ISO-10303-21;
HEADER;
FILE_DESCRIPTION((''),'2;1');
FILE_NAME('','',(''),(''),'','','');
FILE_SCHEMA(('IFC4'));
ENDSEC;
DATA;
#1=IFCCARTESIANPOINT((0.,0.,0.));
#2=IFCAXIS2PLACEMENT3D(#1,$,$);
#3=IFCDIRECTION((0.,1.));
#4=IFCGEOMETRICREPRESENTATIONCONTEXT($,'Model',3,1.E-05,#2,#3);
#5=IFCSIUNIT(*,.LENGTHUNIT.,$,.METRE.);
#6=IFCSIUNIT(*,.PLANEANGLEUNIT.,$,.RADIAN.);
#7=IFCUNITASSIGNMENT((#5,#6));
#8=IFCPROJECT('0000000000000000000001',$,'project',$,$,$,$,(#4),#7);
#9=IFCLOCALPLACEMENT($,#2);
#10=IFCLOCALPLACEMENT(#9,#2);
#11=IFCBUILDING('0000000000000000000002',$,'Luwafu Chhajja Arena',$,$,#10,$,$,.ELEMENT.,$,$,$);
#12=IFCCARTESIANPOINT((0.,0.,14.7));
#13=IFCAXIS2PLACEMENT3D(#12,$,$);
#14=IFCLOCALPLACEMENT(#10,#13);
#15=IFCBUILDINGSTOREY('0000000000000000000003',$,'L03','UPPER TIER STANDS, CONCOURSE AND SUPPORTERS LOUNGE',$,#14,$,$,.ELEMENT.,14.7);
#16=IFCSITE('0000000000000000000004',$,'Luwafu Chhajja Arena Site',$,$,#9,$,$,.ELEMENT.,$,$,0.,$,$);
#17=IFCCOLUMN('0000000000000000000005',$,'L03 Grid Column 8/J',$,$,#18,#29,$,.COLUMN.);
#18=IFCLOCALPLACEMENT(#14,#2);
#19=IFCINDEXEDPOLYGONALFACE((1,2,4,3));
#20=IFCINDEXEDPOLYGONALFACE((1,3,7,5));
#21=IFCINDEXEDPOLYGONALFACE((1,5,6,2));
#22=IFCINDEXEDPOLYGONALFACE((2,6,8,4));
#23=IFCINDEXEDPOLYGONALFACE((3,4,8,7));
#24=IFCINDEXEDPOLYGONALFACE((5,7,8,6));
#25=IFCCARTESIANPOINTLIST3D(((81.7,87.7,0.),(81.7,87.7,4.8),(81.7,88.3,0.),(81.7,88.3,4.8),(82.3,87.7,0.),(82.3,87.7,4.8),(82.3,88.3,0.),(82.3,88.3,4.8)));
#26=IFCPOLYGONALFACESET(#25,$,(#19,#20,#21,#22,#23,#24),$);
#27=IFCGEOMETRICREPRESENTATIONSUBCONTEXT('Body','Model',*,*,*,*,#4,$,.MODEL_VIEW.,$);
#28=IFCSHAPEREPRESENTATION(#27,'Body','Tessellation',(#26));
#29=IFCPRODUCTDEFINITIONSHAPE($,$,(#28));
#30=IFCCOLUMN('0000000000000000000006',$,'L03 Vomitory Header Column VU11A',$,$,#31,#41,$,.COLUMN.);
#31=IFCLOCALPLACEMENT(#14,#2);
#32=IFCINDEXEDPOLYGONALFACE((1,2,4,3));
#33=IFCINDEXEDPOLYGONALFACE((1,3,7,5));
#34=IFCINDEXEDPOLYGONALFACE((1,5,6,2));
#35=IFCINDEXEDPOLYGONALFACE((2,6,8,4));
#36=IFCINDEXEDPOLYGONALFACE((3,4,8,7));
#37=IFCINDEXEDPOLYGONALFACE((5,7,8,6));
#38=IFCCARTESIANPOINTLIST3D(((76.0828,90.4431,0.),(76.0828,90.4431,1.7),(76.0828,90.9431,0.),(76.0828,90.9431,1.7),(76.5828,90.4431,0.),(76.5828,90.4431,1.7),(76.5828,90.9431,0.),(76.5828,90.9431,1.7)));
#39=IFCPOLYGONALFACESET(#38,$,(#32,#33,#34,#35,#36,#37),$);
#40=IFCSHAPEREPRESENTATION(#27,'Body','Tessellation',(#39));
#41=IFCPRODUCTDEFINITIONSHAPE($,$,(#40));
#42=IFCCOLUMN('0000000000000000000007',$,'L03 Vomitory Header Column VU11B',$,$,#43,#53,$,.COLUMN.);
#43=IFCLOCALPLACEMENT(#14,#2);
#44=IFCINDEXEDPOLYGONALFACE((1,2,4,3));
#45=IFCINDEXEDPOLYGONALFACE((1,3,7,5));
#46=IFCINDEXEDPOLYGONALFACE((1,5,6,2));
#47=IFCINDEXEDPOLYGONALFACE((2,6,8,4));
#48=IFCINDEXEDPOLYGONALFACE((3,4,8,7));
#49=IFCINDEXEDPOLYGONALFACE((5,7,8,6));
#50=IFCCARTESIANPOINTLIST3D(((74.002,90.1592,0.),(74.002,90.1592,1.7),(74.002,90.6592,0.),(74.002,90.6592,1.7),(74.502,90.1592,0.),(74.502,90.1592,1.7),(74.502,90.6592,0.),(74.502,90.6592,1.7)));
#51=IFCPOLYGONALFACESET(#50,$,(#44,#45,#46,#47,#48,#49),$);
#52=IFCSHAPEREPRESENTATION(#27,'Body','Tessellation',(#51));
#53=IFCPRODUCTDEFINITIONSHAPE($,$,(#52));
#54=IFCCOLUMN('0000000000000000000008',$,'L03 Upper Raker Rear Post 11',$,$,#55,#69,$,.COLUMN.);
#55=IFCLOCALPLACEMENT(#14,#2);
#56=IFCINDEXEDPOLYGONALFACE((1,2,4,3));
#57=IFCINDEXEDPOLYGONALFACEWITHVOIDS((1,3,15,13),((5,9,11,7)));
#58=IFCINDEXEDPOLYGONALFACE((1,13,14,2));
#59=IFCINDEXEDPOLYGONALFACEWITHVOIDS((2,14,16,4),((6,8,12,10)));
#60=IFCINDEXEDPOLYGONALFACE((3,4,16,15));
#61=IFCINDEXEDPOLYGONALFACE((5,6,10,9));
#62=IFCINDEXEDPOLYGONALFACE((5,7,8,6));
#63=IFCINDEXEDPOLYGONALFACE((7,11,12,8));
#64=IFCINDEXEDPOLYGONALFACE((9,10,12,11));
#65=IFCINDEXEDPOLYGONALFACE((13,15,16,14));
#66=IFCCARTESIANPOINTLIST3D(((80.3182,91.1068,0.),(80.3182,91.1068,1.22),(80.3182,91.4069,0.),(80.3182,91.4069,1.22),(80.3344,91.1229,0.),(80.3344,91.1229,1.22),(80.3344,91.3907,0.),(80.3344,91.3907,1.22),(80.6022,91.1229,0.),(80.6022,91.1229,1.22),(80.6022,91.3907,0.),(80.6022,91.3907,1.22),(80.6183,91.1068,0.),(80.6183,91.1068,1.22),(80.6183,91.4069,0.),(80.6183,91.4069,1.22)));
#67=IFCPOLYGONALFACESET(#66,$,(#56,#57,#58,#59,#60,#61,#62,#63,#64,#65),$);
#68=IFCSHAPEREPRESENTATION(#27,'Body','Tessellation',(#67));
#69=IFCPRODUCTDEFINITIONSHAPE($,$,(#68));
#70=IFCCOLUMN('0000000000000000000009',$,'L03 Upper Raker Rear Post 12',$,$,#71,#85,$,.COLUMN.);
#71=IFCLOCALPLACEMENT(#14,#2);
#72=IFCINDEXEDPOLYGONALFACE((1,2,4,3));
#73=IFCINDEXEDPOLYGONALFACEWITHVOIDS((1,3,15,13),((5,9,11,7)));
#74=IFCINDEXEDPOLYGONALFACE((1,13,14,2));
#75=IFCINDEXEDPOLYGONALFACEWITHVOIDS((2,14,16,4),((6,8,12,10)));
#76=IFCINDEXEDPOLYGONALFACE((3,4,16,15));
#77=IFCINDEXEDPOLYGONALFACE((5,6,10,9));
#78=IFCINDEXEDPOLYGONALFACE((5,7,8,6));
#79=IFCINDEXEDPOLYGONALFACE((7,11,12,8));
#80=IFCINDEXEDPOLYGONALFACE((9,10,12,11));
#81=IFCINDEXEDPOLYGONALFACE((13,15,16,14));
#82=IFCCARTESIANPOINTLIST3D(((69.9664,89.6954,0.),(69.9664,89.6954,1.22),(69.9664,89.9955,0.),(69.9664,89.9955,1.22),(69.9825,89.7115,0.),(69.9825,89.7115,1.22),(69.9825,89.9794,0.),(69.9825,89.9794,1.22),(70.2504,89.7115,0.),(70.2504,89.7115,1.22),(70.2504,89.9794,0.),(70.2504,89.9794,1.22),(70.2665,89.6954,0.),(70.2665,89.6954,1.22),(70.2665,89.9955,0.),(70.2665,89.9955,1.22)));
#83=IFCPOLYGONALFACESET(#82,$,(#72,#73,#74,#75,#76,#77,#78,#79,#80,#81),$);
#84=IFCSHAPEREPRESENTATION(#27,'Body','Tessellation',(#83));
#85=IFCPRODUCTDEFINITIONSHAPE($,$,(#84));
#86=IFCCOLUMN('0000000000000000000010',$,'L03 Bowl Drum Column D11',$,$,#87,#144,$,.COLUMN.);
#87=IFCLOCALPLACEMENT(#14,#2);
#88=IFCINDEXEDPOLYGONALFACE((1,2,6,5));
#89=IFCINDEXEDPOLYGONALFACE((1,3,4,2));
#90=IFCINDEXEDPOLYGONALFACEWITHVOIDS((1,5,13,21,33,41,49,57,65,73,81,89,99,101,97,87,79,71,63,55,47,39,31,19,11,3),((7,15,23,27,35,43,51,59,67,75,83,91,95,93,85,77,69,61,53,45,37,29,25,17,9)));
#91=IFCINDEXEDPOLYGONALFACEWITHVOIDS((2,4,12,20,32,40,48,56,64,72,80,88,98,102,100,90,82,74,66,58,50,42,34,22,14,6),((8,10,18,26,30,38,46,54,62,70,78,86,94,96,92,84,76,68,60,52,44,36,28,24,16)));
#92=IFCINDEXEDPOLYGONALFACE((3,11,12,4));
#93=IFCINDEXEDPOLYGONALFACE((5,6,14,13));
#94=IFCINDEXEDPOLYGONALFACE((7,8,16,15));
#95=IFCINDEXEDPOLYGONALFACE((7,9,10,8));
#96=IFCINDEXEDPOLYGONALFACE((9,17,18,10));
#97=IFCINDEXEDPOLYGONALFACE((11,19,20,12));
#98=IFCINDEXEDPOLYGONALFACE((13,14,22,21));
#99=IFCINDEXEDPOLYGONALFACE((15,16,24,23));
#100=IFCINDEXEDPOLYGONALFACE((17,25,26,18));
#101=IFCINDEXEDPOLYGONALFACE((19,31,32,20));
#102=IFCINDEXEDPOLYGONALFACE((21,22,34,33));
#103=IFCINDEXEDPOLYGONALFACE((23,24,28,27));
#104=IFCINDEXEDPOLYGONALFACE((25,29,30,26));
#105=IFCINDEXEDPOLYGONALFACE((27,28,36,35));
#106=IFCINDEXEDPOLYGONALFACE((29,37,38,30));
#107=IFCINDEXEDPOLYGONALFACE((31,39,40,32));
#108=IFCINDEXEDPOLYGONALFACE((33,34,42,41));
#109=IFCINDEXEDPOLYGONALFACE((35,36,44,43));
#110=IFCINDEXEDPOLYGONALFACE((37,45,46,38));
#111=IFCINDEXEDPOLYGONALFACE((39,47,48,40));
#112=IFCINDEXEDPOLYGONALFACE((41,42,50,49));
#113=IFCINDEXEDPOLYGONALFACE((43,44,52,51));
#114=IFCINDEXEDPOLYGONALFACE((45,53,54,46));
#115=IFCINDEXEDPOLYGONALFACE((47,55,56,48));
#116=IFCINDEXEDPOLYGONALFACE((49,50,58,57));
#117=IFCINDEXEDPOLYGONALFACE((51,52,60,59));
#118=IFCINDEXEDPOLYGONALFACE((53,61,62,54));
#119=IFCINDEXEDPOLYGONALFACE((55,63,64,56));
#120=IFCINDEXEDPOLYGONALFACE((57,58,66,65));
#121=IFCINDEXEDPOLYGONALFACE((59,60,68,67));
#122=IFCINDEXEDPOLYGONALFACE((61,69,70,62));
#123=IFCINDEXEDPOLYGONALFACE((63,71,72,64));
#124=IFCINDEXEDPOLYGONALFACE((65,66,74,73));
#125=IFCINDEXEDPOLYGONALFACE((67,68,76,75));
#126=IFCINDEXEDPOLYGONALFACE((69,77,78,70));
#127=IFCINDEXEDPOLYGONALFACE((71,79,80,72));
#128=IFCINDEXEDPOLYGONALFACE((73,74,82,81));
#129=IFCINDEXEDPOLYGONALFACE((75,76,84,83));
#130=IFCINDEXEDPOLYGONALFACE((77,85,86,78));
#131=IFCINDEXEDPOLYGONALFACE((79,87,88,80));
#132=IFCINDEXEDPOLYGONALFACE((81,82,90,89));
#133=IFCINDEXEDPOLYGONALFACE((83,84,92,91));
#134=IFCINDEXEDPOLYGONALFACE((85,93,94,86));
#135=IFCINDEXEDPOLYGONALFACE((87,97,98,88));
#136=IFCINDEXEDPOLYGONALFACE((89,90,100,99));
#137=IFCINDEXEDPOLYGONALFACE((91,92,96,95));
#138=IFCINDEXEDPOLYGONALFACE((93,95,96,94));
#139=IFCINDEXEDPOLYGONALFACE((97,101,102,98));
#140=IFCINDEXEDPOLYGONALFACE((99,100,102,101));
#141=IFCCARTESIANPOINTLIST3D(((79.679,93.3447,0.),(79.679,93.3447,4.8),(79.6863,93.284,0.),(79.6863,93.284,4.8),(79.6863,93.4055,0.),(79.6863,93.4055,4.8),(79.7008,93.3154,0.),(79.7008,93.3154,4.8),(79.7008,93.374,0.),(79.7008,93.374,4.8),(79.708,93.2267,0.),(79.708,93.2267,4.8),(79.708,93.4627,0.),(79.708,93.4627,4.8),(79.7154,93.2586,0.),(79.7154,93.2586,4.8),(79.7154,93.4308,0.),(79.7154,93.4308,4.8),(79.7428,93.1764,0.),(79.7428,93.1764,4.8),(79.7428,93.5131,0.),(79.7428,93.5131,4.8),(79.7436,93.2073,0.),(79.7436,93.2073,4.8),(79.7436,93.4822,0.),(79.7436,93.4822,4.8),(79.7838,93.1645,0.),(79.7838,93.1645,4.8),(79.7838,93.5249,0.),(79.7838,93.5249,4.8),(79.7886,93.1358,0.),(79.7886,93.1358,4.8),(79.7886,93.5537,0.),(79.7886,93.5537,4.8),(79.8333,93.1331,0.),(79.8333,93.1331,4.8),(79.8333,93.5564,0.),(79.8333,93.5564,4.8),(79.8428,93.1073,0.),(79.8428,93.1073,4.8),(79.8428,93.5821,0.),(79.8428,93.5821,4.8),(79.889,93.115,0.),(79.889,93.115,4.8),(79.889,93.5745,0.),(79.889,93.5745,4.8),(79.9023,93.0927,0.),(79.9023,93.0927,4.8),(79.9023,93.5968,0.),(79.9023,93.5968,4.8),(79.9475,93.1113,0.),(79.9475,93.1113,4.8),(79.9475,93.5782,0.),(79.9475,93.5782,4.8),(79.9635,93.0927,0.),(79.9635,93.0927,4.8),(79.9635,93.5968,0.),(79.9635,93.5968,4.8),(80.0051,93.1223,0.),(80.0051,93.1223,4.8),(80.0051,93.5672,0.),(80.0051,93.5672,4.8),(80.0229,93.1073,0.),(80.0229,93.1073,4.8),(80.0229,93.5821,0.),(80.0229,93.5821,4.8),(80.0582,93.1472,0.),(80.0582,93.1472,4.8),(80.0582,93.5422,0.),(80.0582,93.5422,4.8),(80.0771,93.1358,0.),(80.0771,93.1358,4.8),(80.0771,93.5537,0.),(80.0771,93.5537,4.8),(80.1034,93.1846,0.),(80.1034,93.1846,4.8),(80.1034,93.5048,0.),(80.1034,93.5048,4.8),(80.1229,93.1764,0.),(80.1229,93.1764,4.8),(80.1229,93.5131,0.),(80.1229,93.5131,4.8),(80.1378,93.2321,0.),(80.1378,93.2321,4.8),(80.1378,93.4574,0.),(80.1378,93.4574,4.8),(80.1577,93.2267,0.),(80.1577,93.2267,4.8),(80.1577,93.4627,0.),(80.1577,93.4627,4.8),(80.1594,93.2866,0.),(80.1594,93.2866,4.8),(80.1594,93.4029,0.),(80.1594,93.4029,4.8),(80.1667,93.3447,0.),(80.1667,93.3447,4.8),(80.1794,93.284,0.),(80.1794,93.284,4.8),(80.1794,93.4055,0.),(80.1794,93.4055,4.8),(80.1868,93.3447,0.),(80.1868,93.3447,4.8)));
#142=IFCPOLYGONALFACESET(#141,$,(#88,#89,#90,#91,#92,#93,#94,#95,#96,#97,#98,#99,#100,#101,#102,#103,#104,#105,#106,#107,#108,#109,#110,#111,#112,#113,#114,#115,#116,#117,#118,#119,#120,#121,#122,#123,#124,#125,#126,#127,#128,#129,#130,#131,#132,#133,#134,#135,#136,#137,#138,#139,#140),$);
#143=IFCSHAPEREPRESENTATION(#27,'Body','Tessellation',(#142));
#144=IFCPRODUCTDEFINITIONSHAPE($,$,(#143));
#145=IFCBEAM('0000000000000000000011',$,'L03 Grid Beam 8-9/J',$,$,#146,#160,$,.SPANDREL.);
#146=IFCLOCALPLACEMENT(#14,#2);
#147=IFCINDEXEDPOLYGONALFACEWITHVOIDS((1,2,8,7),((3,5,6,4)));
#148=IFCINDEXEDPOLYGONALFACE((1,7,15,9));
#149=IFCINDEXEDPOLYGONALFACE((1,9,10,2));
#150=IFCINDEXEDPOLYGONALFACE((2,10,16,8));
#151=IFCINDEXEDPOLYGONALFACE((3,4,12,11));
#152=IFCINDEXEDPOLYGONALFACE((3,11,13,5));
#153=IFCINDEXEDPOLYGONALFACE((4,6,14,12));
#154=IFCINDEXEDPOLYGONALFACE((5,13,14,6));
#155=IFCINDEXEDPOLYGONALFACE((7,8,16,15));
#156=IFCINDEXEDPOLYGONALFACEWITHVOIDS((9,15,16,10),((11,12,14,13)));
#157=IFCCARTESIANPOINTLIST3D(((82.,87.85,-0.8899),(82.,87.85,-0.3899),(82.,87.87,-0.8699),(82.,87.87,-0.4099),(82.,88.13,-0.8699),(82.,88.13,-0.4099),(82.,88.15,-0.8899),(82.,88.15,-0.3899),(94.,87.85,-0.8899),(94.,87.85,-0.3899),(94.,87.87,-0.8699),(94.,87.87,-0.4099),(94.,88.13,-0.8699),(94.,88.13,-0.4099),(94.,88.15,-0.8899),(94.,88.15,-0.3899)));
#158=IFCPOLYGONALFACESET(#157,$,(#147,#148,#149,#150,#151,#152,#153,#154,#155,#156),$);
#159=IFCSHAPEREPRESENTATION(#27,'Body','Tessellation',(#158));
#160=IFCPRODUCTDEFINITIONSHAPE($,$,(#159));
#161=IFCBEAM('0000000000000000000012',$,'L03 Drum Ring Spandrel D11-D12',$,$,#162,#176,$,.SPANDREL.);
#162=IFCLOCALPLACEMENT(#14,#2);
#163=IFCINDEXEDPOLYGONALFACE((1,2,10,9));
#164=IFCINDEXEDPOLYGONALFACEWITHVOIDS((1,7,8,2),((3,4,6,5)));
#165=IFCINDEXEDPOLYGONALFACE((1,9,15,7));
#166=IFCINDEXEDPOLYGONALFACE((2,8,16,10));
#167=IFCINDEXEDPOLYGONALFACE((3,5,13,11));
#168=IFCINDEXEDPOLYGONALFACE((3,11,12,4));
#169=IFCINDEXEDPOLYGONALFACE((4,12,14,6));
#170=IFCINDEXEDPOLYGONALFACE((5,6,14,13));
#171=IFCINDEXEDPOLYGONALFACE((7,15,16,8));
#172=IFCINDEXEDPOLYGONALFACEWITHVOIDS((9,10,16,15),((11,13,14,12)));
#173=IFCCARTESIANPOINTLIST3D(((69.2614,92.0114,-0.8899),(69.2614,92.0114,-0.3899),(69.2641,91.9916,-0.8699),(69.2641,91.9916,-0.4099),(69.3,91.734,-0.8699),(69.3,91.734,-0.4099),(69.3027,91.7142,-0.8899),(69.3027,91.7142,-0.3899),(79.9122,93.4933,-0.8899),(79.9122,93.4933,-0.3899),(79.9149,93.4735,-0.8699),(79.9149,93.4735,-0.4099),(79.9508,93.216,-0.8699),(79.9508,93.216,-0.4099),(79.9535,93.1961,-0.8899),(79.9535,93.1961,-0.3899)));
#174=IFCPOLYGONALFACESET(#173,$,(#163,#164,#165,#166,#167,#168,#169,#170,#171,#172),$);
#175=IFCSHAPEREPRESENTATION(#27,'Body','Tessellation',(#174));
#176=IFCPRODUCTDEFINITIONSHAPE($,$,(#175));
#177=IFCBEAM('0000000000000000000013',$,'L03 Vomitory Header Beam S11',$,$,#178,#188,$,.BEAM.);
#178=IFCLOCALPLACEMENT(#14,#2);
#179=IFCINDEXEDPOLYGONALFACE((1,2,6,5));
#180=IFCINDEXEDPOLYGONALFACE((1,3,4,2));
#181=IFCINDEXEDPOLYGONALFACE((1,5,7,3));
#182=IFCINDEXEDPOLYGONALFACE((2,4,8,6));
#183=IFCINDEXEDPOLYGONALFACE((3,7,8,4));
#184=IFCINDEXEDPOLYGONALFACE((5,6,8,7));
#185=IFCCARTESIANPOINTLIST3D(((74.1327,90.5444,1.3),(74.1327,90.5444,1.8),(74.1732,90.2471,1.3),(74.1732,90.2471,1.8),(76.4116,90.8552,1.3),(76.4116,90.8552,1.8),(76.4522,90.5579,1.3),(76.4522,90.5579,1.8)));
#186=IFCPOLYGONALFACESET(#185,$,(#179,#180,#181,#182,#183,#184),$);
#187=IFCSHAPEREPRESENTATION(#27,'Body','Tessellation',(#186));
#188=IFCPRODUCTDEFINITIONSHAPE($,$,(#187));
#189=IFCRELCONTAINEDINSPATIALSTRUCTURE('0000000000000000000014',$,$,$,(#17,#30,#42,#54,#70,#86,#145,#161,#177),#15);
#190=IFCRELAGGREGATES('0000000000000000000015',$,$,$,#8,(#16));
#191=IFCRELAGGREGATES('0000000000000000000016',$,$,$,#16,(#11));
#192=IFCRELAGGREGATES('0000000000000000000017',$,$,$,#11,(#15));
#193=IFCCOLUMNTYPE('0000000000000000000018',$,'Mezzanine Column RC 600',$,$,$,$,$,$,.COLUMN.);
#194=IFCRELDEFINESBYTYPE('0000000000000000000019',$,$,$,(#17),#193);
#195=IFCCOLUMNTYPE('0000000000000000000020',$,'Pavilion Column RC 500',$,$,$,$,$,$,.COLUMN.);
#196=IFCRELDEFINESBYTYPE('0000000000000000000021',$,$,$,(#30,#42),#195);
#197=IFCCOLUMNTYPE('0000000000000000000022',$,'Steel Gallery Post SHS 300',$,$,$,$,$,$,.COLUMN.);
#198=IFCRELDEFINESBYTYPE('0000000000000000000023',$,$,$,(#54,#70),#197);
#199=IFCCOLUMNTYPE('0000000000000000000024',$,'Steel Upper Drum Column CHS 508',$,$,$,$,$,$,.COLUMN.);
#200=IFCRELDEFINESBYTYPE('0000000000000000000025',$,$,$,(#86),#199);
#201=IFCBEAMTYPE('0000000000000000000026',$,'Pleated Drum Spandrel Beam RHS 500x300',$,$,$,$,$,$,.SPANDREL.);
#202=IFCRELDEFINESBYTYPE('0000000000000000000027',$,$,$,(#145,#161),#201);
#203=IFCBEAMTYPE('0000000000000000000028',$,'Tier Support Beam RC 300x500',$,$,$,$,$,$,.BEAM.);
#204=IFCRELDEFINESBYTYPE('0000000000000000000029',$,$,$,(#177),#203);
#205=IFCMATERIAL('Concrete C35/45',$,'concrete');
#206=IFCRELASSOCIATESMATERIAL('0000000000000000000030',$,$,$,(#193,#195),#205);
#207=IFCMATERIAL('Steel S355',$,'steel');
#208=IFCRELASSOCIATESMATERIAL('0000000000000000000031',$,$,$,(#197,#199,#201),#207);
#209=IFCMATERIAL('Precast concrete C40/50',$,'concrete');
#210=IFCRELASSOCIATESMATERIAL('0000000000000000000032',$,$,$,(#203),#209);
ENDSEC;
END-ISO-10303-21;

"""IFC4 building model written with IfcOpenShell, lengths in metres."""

from ifc_helpers import new_model, si_unit, direction, frame, origin, origin_2d, place, context, subcontext, project, spatial, rectangle, hollow_rectangle, hollow_circle, extrude, material, material_profile, profile_set, type_object, element, save


model = new_model("IFC4")

# Units and contexts
model_context = context("Model", 3, precision=1e-05, world=origin(), true_north=direction((0.0, 1.0)))
body_context = subcontext(model_context, "Body", "Model", "MODEL_VIEW")
ifc_project = project(units=[si_unit("LENGTHUNIT", "METRE"), si_unit("PLANEANGLEUNIT", "RADIAN")], contexts=[model_context])

# Site, building, storey
site_placement = place(None, origin())
site = spatial("IfcSite", under=ifc_project, at=site_placement, Name="Luwafu Chhajja Arena Site", CompositionType="ELEMENT", RefElevation=0.0)
building_placement = place(site_placement, origin())
building = spatial("IfcBuilding", under=site, at=building_placement, Name="Luwafu Chhajja Arena", CompositionType="ELEMENT")
storey_placement = place(building_placement, frame((0.0, 0.0, 14.7)))
storey = spatial("IfcBuildingStorey", under=building, at=storey_placement, Name="L03", Description="UPPER TIER STANDS, CONCOURSE AND SUPPORTERS LOUNGE", CompositionType="ELEMENT", Elevation=14.7)

# Columns
ifc_material_1 = material(Name="Concrete C35/45", Category="concrete")
ifc_material_profile_1 = material_profile(ifc_material_1, rectangle(XDim=0.6001, YDim=0.6001, at=origin_2d()), Name="RC 600x600")
ifc_profile_set_1 = profile_set([ifc_material_profile_1], Name="Concrete C35/45")
column_type_1 = type_object("IfcColumnType", Name="Mezzanine Column RC 600", PredefinedType="COLUMN", material=ifc_profile_set_1)
column_1_placement = place(storey_placement, frame((82.0, 88.0, 0.0), z_axis=(0.0, 0.0, 1.0), x_axis=(1.0, 0.0, 0.0)))
element("IfcColumn", 1, at=column_1_placement, inside=storey, type_object=column_type_1, Name="L03 Grid Column 8/J", PredefinedType="COLUMN", context=body_context, shape_type="SweptSolid", body=[
    extrude(rectangle(XDim=0.6001, YDim=0.6001, at=origin_2d()), origin(), (0.0, 0.0, 1.0), 4.8),
])
ifc_material_profile_2 = material_profile(ifc_material_1, rectangle(XDim=0.5, YDim=0.5, at=origin_2d()), Name="RC 500x500")
ifc_profile_set_2 = profile_set([ifc_material_profile_2], Name="Concrete C35/45")
column_type_2 = type_object("IfcColumnType", Name="Pavilion Column RC 500", PredefinedType="COLUMN", material=ifc_profile_set_2)
for number, where, z_axis, x_axis, name in (
    (2, (76.3328, 90.6931, 0.0), (0.0, 0.0, 1.0), (1.0, 0.0, 0.0), "L03 Vomitory Header Column VU11A"),
    (3, (74.252, 90.4092, 0.0), (0.0, 0.0, 1.0), (1.0, 0.0, 0.0), "L03 Vomitory Header Column VU11B"),
):
    element("IfcColumn", number, at=place(storey_placement, frame(where, z_axis=z_axis, x_axis=x_axis)), inside=storey, type_object=column_type_2, Name=name, PredefinedType="COLUMN", context=body_context, shape_type="SweptSolid", body=[
        extrude(rectangle(XDim=0.5, YDim=0.5, at=origin_2d()), origin(), (0.0, 0.0, 1.0), 1.7),
    ])
ifc_material_2 = material(Name="Steel S355", Category="steel")
ifc_material_profile_3 = material_profile(ifc_material_2, hollow_rectangle(XDim=0.3, YDim=0.3, WallThickness=0.0161, at=origin_2d()), Name="SHS 300x300x16")
ifc_profile_set_3 = profile_set([ifc_material_profile_3], Name="Steel S355")
column_type_3 = type_object("IfcColumnType", Name="Steel Gallery Post SHS 300", PredefinedType="COLUMN", material=ifc_profile_set_3)
for number, where, z_axis, x_axis, name in (
    (4, (80.4683, 91.2568, 0.0), (0.0, 0.0, 1.0), (1.0, 0.0, 0.0), "L03 Upper Raker Rear Post 11"),
    (5, (70.1165, 89.8455, 0.0), (0.0, 0.0, 1.0), (1.0, 0.0, 0.0), "L03 Upper Raker Rear Post 12"),
):
    element("IfcColumn", number, at=place(storey_placement, frame(where, z_axis=z_axis, x_axis=x_axis)), inside=storey, type_object=column_type_3, Name=name, PredefinedType="COLUMN", context=body_context, shape_type="SweptSolid", body=[
        extrude(hollow_rectangle(XDim=0.3, YDim=0.3, WallThickness=0.0161, at=origin_2d()), origin(), (0.0, 0.0, 1.0), 1.22),
    ])
ifc_material_profile_4 = material_profile(ifc_material_2, hollow_circle(Radius=0.2539, WallThickness=0.02, at=origin_2d()), Name="CHS 508x20")
ifc_profile_set_4 = profile_set([ifc_material_profile_4], Name="Steel S355")
column_type_4 = type_object("IfcColumnType", Name="Steel Upper Drum Column CHS 508", PredefinedType="COLUMN", material=ifc_profile_set_4)
column_2_placement = place(storey_placement, frame((79.9329, 93.3447, 0.0), z_axis=(0.0, 0.0, 1.0), x_axis=(1.0, 0.0, 0.0)))
element("IfcColumn", 6, at=column_2_placement, inside=storey, type_object=column_type_4, Name="L03 Bowl Drum Column D11", PredefinedType="COLUMN", context=body_context, shape_type="SweptSolid", body=[
    extrude(hollow_circle(Radius=0.2539, WallThickness=0.02, at=origin_2d()), origin(), (0.0, 0.0, 1.0), 4.8),
])

# Beams
ifc_material_profile_5 = material_profile(ifc_material_2, hollow_rectangle(XDim=0.3, YDim=0.5, WallThickness=0.02, at=origin_2d()), Name="RHS 500x300x20")
ifc_profile_set_5 = profile_set([ifc_material_profile_5], Name="Steel S355")
beam_type_1 = type_object("IfcBeamType", Name="Pleated Drum Spandrel Beam RHS 500x300", PredefinedType="SPANDREL", material=ifc_profile_set_5)
beam_1_placement = place(storey_placement, frame((82.0, 88.0, -0.6399), z_axis=(1.0, 0.0, 0.0), x_axis=(0.0, 1.0, 0.0)))
element("IfcBeam", 7, at=beam_1_placement, inside=storey, type_object=beam_type_1, Name="L03 Grid Beam 8-9/J", PredefinedType="SPANDREL", context=body_context, shape_type="SweptSolid", body=[
    extrude(hollow_rectangle(XDim=0.3, YDim=0.5, WallThickness=0.02, at=origin_2d()), origin(), (0.0, 0.0, 1.0), 12.0),
])
beam_2_placement = place(storey_placement, frame((79.9329, 93.3447, -0.6399), z_axis=(-0.990459, -0.13781, 0.0), x_axis=(0.13781, -0.990459, 0.0)))
element("IfcBeam", 8, at=beam_2_placement, inside=storey, type_object=beam_type_1, Name="L03 Drum Ring Spandrel D11-D12", PredefinedType="SPANDREL", context=body_context, shape_type="SweptSolid", body=[
    extrude(hollow_rectangle(XDim=0.3, YDim=0.5, WallThickness=0.02, at=origin_2d()), origin(), (0.0, 0.0, 1.0), 10.7534),
])
ifc_material_3 = material(Name="Precast concrete C40/50", Category="concrete")
ifc_material_profile_6 = material_profile(ifc_material_3, rectangle(XDim=0.3, YDim=0.5, at=origin_2d()), Name="RC 300x500")
ifc_profile_set_6 = profile_set([ifc_material_profile_6], Name="Precast concrete C40/50")
beam_type_2 = type_object("IfcBeamType", Name="Tier Support Beam RC 300x500", PredefinedType="BEAM", material=ifc_profile_set_6)
beam_3_placement = place(storey_placement, frame((76.4319, 90.7065, 1.55), z_axis=(-0.99083, -0.135118, 0.0), x_axis=(0.135118, -0.99083, 0.0)))
element("IfcBeam", 9, at=beam_3_placement, inside=storey, type_object=beam_type_2, Name="L03 Vomitory Header Beam S11", PredefinedType="BEAM", context=body_context, shape_type="SweptSolid", body=[
    extrude(rectangle(XDim=0.3, YDim=0.5, at=origin_2d()), origin(), (0.0, 0.0, 1.0), 2.3),
])

save(model, "model.ifc")
